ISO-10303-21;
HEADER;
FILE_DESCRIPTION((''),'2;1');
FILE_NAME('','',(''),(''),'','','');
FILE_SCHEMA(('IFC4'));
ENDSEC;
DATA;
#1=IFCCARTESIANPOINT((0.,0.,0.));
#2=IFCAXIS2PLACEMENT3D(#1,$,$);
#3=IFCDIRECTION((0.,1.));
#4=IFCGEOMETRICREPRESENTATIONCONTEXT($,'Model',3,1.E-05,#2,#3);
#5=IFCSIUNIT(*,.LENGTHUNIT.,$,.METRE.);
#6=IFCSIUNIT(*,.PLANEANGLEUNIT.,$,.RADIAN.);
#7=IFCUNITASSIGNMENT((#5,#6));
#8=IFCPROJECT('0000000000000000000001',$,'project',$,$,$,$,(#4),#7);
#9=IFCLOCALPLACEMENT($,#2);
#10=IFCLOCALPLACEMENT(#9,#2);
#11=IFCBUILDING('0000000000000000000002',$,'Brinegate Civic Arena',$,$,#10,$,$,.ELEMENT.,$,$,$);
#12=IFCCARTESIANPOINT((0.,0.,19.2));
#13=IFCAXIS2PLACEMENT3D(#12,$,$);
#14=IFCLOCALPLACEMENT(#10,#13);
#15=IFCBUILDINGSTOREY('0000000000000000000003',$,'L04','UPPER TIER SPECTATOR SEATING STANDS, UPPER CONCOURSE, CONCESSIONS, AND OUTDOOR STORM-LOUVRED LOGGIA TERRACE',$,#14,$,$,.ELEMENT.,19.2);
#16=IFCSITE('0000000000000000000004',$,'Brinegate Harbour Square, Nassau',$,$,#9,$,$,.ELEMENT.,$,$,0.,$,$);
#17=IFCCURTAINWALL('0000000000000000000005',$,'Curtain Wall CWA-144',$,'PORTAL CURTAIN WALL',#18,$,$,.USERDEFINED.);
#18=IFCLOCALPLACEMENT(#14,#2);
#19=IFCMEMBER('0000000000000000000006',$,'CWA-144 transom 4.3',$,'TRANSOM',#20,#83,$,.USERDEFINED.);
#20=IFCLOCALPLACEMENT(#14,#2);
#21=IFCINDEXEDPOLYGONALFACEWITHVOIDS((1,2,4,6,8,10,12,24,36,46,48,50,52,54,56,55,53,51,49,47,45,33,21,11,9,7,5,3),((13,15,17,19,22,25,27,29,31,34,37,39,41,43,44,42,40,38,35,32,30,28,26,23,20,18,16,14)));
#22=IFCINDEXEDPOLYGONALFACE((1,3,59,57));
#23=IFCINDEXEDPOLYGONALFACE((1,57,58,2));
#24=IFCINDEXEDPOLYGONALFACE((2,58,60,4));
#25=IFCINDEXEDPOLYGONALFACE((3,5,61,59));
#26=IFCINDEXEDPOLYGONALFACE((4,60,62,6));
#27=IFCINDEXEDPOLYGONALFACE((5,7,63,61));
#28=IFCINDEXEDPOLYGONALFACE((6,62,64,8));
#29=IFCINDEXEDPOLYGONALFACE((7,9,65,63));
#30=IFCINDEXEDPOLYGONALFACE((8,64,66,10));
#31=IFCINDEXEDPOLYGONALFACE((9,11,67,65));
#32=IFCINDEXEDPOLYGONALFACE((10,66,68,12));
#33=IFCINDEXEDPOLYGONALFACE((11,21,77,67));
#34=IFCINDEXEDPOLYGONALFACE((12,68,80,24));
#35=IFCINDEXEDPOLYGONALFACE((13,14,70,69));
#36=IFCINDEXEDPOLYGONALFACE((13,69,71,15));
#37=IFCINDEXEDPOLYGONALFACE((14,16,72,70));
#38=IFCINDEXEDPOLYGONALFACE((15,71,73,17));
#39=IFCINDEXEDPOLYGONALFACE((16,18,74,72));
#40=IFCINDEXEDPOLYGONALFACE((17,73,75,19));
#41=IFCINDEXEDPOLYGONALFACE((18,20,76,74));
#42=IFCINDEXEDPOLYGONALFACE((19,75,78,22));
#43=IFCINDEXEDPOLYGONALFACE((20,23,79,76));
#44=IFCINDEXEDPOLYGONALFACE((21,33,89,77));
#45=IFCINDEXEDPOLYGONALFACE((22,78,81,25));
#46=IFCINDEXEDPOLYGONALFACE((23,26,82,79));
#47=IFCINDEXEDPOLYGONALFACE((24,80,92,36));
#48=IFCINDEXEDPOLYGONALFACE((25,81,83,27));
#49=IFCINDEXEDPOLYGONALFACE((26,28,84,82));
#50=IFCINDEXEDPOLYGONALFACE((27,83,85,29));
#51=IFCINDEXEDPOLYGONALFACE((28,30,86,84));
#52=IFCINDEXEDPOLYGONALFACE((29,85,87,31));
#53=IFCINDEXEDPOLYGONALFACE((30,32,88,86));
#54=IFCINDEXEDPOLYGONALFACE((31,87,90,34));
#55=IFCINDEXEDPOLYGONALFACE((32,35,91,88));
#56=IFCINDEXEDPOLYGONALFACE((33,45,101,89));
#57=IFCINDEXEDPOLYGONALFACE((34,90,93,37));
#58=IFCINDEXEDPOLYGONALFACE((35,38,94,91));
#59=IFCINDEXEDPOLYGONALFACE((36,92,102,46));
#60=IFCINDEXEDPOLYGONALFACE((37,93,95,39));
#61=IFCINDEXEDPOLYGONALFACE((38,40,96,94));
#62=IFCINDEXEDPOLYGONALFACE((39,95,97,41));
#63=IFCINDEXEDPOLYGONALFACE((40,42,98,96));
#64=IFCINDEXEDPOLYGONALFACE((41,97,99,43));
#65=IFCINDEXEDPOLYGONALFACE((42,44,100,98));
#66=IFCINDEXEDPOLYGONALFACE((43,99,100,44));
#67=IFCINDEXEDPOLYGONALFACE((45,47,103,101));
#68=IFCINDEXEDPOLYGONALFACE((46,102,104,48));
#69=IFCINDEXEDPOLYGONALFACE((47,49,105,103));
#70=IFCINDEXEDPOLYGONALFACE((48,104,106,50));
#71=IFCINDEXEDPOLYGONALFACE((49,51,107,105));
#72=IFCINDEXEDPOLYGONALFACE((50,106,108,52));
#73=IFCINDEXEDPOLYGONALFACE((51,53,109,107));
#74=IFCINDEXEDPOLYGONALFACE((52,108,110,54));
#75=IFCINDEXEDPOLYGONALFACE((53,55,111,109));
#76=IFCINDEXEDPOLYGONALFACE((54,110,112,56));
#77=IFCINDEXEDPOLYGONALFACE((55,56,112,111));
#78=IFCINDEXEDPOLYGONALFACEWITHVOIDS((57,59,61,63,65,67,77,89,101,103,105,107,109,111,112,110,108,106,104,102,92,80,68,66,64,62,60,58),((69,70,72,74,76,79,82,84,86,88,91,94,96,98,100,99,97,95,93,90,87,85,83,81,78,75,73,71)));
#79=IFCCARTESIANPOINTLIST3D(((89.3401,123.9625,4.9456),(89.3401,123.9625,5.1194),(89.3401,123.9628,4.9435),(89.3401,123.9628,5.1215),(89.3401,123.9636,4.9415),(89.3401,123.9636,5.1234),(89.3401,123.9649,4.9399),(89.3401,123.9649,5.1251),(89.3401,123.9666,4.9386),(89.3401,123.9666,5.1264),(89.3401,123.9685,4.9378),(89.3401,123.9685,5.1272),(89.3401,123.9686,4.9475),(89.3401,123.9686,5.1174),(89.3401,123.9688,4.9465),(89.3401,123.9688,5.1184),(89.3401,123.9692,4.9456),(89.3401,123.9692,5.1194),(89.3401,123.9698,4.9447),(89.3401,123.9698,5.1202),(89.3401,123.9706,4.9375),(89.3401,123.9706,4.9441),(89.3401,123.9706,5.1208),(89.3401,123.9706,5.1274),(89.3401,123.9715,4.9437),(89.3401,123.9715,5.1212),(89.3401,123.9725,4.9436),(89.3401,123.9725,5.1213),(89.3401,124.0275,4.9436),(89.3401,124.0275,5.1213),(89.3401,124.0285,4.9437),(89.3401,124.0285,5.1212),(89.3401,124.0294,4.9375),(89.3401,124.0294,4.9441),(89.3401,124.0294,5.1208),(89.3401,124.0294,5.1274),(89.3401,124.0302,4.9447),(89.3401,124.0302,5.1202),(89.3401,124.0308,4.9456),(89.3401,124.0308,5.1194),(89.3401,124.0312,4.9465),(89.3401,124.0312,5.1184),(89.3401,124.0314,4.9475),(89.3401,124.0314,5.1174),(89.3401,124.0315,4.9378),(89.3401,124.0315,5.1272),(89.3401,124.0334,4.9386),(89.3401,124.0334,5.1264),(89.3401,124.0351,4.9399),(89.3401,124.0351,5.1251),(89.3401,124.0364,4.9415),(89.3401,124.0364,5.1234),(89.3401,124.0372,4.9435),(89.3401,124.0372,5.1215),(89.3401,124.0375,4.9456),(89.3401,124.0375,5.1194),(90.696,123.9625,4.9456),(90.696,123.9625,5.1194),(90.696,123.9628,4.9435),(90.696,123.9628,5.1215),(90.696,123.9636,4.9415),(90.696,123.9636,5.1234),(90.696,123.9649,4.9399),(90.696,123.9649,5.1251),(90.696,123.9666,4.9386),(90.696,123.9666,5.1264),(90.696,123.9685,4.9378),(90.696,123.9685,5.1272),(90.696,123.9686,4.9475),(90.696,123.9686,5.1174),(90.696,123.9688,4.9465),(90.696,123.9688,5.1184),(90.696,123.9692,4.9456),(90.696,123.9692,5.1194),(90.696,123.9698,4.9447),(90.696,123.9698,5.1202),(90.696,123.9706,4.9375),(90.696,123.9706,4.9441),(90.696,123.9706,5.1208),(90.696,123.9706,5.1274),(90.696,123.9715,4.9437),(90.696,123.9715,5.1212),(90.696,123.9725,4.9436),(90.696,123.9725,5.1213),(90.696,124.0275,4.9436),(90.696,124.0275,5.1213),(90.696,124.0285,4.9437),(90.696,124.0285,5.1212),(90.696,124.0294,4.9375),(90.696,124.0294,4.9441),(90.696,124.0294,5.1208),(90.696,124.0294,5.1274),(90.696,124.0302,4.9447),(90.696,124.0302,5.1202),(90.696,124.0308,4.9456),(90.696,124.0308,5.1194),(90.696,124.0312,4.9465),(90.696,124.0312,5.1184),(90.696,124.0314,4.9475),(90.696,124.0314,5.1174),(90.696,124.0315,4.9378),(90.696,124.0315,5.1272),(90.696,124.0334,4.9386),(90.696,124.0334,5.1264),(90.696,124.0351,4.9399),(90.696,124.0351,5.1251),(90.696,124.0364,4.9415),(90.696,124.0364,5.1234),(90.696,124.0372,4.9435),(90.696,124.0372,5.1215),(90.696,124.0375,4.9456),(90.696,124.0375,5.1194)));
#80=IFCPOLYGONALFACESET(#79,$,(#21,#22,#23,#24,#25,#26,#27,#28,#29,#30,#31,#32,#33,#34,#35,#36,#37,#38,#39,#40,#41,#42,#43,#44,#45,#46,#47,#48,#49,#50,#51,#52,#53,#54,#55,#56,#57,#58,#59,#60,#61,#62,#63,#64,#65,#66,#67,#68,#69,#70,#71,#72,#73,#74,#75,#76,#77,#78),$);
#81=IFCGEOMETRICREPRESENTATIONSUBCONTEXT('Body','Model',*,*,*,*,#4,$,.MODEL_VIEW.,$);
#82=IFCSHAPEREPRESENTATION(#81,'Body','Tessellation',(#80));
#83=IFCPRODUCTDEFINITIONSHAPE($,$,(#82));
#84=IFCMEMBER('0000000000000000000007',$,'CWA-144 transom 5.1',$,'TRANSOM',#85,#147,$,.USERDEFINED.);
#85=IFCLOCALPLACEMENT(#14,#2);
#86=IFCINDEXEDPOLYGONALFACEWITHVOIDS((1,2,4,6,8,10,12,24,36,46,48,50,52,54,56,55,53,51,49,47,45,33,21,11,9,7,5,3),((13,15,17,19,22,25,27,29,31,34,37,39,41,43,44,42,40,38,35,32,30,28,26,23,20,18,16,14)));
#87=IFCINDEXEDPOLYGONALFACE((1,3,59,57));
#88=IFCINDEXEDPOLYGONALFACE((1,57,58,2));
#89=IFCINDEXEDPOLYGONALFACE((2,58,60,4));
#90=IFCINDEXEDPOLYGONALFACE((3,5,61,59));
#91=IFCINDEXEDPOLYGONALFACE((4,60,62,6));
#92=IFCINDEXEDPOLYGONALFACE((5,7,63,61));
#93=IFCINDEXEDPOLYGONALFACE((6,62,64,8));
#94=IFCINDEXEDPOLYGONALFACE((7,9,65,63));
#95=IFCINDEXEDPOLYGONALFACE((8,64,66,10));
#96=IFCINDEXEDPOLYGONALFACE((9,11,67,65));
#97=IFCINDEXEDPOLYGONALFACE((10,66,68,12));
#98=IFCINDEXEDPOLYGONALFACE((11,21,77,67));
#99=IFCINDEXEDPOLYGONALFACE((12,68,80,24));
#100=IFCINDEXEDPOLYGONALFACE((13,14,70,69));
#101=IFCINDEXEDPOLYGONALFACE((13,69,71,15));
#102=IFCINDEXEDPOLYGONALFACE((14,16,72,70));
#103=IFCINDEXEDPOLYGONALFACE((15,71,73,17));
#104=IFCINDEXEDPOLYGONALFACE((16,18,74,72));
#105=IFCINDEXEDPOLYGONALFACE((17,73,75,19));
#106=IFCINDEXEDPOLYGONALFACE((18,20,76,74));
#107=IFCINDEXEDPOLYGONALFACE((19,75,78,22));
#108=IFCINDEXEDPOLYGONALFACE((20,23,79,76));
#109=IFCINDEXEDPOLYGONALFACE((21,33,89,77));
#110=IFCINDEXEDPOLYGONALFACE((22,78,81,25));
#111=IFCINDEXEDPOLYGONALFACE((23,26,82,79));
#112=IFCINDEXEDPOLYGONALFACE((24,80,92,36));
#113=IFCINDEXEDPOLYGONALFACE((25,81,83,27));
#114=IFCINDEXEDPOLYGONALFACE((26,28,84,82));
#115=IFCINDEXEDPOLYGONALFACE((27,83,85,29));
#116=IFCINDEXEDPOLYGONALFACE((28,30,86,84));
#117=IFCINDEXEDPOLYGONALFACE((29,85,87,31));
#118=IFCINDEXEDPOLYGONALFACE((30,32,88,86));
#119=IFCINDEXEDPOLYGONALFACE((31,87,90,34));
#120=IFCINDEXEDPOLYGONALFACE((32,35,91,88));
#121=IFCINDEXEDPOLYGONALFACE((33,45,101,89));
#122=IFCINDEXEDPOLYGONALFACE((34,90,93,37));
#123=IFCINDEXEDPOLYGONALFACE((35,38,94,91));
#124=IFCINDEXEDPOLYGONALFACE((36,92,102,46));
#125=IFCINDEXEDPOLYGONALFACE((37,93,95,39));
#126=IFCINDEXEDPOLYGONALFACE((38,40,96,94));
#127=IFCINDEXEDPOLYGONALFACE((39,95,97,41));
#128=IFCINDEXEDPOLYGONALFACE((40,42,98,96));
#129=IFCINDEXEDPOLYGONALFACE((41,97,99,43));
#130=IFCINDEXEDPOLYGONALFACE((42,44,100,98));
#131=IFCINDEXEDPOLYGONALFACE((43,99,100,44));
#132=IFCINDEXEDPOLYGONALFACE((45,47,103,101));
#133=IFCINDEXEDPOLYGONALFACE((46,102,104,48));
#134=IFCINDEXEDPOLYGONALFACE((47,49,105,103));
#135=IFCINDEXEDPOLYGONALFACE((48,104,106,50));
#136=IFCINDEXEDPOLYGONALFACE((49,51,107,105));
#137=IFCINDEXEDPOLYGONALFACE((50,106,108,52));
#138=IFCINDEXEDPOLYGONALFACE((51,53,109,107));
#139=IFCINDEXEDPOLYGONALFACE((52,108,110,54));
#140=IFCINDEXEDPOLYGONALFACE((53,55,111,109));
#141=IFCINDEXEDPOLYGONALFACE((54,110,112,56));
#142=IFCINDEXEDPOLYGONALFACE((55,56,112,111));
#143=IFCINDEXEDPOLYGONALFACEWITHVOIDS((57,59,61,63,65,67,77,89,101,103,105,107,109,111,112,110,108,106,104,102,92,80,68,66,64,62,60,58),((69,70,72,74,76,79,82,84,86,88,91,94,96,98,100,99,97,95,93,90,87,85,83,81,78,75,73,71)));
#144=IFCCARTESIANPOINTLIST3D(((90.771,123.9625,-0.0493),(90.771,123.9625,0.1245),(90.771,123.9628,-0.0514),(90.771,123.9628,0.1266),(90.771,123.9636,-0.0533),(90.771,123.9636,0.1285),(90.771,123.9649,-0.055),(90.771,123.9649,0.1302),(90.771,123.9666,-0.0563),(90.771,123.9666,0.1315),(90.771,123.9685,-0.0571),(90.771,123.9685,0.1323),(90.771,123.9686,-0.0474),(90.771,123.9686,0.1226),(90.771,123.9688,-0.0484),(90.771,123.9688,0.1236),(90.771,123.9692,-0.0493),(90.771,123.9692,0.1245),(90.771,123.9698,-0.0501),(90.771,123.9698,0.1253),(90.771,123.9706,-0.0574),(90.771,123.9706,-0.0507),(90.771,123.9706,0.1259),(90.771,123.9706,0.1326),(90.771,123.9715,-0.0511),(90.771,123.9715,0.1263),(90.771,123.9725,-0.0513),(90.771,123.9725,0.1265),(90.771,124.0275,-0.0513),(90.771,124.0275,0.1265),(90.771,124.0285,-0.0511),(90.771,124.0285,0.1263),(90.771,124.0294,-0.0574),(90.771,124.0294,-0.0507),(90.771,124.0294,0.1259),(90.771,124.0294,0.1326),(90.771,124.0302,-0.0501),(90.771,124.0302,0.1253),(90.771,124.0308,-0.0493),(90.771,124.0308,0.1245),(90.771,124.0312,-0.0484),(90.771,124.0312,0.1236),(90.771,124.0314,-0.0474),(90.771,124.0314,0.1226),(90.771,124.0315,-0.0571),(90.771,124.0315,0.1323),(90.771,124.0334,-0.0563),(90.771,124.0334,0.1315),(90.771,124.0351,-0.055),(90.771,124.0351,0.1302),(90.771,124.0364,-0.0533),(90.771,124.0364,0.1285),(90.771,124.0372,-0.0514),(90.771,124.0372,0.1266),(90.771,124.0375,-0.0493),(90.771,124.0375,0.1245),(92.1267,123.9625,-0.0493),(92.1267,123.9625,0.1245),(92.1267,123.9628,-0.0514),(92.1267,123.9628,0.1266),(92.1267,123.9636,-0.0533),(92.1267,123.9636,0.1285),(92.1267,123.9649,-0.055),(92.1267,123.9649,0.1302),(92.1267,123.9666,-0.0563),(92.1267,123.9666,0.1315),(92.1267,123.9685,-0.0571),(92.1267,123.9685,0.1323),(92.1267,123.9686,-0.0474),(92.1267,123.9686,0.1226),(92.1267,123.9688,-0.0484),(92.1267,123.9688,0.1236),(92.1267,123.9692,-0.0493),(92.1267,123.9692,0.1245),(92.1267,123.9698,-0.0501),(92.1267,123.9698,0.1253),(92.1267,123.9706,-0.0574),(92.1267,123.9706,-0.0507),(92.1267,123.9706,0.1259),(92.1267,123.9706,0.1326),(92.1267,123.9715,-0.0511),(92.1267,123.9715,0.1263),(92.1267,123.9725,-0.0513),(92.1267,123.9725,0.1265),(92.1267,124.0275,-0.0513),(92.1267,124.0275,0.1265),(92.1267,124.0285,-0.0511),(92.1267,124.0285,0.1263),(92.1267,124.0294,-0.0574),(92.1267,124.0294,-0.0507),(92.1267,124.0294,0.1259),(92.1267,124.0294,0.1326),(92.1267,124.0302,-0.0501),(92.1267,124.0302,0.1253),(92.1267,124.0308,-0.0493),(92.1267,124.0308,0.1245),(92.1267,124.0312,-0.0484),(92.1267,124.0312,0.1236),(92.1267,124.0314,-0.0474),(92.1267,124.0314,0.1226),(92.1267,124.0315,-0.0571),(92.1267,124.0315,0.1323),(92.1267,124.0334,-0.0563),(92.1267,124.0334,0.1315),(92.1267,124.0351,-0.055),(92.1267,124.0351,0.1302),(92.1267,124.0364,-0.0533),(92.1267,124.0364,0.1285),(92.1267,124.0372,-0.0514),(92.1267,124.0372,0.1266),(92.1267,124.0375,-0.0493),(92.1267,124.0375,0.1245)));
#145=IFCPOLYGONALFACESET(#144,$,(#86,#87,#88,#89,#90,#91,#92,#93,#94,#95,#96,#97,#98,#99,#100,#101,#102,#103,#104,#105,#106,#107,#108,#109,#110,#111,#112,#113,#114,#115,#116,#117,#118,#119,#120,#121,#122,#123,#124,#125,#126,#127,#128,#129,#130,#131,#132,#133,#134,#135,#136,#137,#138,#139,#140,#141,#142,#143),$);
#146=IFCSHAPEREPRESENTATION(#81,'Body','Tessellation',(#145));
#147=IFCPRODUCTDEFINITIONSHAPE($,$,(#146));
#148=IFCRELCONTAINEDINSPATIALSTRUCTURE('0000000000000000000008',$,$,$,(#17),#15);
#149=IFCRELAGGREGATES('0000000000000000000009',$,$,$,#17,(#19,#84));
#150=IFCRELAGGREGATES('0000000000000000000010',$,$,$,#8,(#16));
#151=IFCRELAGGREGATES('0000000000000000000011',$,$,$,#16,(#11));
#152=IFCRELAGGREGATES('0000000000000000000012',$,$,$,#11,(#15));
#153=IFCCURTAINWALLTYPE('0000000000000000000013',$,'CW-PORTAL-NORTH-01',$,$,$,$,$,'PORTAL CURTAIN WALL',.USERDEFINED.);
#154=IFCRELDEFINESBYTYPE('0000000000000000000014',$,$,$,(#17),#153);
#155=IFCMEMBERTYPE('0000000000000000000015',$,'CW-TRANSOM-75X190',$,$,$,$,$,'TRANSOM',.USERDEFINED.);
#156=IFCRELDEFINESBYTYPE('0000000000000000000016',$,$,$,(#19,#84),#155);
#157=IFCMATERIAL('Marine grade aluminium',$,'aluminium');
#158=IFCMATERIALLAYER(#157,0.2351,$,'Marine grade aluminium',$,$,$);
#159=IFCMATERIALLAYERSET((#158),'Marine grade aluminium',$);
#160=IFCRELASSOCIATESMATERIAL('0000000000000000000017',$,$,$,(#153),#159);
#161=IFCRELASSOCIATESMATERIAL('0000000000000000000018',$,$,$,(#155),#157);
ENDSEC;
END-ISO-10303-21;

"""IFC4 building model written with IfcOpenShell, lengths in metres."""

from ifc_helpers import new_model, si_unit, direction, frame, origin, origin_2d, place, context, subcontext, project, spatial, hollow_rectangle, extrude, material, layer, layer_set, material_profile, profile_set, type_object, element, aggregate, save


model = new_model("IFC4")

# Units and contexts
model_context = context("Model", 3, precision=1e-05, world=origin(), true_north=direction((0.0, 1.0)))
body_context = subcontext(model_context, "Body", "Model", "MODEL_VIEW")
ifc_project = project(units=[si_unit("LENGTHUNIT", "METRE"), si_unit("PLANEANGLEUNIT", "RADIAN")], contexts=[model_context])

# Site, building, storey
site_placement = place(None, origin())
site = spatial("IfcSite", under=ifc_project, at=site_placement, Name="Brinegate Harbour Square, Nassau", CompositionType="ELEMENT", RefElevation=0.0)
building_placement = place(site_placement, origin())
building = spatial("IfcBuilding", under=site, at=building_placement, Name="Brinegate Civic Arena", CompositionType="ELEMENT")
storey_placement = place(building_placement, frame((0.0, 0.0, 19.2)))
storey = spatial("IfcBuildingStorey", under=building, at=storey_placement, Name="L04", Description="UPPER TIER SPECTATOR SEATING STANDS, UPPER CONCOURSE, CONCESSIONS, AND OUTDOOR STORM-LOUVRED LOGGIA TERRACE", CompositionType="ELEMENT", Elevation=19.2)

# Curtain wall, members
ifc_material_1 = material(Name="Marine grade aluminium", Category="aluminium")
ifc_layer_1 = layer(ifc_material_1, 0.2351, Name="Marine grade aluminium")
ifc_layer_set_1 = layer_set([ifc_layer_1], Name="Marine grade aluminium")
curtain_wall_type = type_object("IfcCurtainWallType", Name="CW-PORTAL-NORTH-01", ElementType="PORTAL CURTAIN WALL", PredefinedType="USERDEFINED", material=ifc_layer_set_1)
curtain_wall_placement = place(storey_placement, origin())
curtain_wall = element("IfcCurtainWall", 1, at=curtain_wall_placement, inside=storey, type_object=curtain_wall_type, Name="Curtain Wall CWA-144", ObjectType="PORTAL CURTAIN WALL", PredefinedType="USERDEFINED")
ifc_material_profile_1 = material_profile(ifc_material_1, hollow_rectangle(XDim=0.075, YDim=0.1899, WallThickness=0.0061, InnerFilletRadius=0.0039, OuterFilletRadius=0.0081, at=origin_2d()), Name="TRN75X190")
ifc_profile_set_1 = profile_set([ifc_material_profile_1], Name="Marine grade aluminium")
member_type_1 = type_object("IfcMemberType", Name="CW-TRANSOM-75X190", ElementType="TRANSOM", PredefinedType="USERDEFINED", material=ifc_profile_set_1)
member_1_placement = place(storey_placement, frame((89.3401, 124.0, 5.0325), z_axis=(1.0, 0.0, 0.0), x_axis=(0.0, 1.0, 0.0)))
member_1 = element("IfcMember", 2, at=member_1_placement, type_object=member_type_1, Name="CWA-144 transom 4.3", ObjectType="TRANSOM", PredefinedType="USERDEFINED", context=body_context, shape_type="SweptSolid", body=[
    extrude(hollow_rectangle(XDim=0.075, YDim=0.1899, WallThickness=0.0061, InnerFilletRadius=0.0039, OuterFilletRadius=0.0081, at=origin_2d()), origin(), (0.0, 0.0, 1.0), 1.356),
])
member_2_placement = place(storey_placement, frame((90.771, 124.0, 0.0376), z_axis=(1.0, 0.0, 0.0), x_axis=(0.0, 1.0, 0.0)))
member_2 = element("IfcMember", 3, at=member_2_placement, type_object=member_type_1, Name="CWA-144 transom 5.1", ObjectType="TRANSOM", PredefinedType="USERDEFINED", context=body_context, shape_type="SweptSolid", body=[
    extrude(hollow_rectangle(XDim=0.075, YDim=0.1899, WallThickness=0.0061, InnerFilletRadius=0.0039, OuterFilletRadius=0.0081, at=origin_2d()), origin(), (0.0, 0.0, 1.0), 1.3557),
])
aggregate(curtain_wall, [member_1, member_2])

save(model, "model.ifc")
